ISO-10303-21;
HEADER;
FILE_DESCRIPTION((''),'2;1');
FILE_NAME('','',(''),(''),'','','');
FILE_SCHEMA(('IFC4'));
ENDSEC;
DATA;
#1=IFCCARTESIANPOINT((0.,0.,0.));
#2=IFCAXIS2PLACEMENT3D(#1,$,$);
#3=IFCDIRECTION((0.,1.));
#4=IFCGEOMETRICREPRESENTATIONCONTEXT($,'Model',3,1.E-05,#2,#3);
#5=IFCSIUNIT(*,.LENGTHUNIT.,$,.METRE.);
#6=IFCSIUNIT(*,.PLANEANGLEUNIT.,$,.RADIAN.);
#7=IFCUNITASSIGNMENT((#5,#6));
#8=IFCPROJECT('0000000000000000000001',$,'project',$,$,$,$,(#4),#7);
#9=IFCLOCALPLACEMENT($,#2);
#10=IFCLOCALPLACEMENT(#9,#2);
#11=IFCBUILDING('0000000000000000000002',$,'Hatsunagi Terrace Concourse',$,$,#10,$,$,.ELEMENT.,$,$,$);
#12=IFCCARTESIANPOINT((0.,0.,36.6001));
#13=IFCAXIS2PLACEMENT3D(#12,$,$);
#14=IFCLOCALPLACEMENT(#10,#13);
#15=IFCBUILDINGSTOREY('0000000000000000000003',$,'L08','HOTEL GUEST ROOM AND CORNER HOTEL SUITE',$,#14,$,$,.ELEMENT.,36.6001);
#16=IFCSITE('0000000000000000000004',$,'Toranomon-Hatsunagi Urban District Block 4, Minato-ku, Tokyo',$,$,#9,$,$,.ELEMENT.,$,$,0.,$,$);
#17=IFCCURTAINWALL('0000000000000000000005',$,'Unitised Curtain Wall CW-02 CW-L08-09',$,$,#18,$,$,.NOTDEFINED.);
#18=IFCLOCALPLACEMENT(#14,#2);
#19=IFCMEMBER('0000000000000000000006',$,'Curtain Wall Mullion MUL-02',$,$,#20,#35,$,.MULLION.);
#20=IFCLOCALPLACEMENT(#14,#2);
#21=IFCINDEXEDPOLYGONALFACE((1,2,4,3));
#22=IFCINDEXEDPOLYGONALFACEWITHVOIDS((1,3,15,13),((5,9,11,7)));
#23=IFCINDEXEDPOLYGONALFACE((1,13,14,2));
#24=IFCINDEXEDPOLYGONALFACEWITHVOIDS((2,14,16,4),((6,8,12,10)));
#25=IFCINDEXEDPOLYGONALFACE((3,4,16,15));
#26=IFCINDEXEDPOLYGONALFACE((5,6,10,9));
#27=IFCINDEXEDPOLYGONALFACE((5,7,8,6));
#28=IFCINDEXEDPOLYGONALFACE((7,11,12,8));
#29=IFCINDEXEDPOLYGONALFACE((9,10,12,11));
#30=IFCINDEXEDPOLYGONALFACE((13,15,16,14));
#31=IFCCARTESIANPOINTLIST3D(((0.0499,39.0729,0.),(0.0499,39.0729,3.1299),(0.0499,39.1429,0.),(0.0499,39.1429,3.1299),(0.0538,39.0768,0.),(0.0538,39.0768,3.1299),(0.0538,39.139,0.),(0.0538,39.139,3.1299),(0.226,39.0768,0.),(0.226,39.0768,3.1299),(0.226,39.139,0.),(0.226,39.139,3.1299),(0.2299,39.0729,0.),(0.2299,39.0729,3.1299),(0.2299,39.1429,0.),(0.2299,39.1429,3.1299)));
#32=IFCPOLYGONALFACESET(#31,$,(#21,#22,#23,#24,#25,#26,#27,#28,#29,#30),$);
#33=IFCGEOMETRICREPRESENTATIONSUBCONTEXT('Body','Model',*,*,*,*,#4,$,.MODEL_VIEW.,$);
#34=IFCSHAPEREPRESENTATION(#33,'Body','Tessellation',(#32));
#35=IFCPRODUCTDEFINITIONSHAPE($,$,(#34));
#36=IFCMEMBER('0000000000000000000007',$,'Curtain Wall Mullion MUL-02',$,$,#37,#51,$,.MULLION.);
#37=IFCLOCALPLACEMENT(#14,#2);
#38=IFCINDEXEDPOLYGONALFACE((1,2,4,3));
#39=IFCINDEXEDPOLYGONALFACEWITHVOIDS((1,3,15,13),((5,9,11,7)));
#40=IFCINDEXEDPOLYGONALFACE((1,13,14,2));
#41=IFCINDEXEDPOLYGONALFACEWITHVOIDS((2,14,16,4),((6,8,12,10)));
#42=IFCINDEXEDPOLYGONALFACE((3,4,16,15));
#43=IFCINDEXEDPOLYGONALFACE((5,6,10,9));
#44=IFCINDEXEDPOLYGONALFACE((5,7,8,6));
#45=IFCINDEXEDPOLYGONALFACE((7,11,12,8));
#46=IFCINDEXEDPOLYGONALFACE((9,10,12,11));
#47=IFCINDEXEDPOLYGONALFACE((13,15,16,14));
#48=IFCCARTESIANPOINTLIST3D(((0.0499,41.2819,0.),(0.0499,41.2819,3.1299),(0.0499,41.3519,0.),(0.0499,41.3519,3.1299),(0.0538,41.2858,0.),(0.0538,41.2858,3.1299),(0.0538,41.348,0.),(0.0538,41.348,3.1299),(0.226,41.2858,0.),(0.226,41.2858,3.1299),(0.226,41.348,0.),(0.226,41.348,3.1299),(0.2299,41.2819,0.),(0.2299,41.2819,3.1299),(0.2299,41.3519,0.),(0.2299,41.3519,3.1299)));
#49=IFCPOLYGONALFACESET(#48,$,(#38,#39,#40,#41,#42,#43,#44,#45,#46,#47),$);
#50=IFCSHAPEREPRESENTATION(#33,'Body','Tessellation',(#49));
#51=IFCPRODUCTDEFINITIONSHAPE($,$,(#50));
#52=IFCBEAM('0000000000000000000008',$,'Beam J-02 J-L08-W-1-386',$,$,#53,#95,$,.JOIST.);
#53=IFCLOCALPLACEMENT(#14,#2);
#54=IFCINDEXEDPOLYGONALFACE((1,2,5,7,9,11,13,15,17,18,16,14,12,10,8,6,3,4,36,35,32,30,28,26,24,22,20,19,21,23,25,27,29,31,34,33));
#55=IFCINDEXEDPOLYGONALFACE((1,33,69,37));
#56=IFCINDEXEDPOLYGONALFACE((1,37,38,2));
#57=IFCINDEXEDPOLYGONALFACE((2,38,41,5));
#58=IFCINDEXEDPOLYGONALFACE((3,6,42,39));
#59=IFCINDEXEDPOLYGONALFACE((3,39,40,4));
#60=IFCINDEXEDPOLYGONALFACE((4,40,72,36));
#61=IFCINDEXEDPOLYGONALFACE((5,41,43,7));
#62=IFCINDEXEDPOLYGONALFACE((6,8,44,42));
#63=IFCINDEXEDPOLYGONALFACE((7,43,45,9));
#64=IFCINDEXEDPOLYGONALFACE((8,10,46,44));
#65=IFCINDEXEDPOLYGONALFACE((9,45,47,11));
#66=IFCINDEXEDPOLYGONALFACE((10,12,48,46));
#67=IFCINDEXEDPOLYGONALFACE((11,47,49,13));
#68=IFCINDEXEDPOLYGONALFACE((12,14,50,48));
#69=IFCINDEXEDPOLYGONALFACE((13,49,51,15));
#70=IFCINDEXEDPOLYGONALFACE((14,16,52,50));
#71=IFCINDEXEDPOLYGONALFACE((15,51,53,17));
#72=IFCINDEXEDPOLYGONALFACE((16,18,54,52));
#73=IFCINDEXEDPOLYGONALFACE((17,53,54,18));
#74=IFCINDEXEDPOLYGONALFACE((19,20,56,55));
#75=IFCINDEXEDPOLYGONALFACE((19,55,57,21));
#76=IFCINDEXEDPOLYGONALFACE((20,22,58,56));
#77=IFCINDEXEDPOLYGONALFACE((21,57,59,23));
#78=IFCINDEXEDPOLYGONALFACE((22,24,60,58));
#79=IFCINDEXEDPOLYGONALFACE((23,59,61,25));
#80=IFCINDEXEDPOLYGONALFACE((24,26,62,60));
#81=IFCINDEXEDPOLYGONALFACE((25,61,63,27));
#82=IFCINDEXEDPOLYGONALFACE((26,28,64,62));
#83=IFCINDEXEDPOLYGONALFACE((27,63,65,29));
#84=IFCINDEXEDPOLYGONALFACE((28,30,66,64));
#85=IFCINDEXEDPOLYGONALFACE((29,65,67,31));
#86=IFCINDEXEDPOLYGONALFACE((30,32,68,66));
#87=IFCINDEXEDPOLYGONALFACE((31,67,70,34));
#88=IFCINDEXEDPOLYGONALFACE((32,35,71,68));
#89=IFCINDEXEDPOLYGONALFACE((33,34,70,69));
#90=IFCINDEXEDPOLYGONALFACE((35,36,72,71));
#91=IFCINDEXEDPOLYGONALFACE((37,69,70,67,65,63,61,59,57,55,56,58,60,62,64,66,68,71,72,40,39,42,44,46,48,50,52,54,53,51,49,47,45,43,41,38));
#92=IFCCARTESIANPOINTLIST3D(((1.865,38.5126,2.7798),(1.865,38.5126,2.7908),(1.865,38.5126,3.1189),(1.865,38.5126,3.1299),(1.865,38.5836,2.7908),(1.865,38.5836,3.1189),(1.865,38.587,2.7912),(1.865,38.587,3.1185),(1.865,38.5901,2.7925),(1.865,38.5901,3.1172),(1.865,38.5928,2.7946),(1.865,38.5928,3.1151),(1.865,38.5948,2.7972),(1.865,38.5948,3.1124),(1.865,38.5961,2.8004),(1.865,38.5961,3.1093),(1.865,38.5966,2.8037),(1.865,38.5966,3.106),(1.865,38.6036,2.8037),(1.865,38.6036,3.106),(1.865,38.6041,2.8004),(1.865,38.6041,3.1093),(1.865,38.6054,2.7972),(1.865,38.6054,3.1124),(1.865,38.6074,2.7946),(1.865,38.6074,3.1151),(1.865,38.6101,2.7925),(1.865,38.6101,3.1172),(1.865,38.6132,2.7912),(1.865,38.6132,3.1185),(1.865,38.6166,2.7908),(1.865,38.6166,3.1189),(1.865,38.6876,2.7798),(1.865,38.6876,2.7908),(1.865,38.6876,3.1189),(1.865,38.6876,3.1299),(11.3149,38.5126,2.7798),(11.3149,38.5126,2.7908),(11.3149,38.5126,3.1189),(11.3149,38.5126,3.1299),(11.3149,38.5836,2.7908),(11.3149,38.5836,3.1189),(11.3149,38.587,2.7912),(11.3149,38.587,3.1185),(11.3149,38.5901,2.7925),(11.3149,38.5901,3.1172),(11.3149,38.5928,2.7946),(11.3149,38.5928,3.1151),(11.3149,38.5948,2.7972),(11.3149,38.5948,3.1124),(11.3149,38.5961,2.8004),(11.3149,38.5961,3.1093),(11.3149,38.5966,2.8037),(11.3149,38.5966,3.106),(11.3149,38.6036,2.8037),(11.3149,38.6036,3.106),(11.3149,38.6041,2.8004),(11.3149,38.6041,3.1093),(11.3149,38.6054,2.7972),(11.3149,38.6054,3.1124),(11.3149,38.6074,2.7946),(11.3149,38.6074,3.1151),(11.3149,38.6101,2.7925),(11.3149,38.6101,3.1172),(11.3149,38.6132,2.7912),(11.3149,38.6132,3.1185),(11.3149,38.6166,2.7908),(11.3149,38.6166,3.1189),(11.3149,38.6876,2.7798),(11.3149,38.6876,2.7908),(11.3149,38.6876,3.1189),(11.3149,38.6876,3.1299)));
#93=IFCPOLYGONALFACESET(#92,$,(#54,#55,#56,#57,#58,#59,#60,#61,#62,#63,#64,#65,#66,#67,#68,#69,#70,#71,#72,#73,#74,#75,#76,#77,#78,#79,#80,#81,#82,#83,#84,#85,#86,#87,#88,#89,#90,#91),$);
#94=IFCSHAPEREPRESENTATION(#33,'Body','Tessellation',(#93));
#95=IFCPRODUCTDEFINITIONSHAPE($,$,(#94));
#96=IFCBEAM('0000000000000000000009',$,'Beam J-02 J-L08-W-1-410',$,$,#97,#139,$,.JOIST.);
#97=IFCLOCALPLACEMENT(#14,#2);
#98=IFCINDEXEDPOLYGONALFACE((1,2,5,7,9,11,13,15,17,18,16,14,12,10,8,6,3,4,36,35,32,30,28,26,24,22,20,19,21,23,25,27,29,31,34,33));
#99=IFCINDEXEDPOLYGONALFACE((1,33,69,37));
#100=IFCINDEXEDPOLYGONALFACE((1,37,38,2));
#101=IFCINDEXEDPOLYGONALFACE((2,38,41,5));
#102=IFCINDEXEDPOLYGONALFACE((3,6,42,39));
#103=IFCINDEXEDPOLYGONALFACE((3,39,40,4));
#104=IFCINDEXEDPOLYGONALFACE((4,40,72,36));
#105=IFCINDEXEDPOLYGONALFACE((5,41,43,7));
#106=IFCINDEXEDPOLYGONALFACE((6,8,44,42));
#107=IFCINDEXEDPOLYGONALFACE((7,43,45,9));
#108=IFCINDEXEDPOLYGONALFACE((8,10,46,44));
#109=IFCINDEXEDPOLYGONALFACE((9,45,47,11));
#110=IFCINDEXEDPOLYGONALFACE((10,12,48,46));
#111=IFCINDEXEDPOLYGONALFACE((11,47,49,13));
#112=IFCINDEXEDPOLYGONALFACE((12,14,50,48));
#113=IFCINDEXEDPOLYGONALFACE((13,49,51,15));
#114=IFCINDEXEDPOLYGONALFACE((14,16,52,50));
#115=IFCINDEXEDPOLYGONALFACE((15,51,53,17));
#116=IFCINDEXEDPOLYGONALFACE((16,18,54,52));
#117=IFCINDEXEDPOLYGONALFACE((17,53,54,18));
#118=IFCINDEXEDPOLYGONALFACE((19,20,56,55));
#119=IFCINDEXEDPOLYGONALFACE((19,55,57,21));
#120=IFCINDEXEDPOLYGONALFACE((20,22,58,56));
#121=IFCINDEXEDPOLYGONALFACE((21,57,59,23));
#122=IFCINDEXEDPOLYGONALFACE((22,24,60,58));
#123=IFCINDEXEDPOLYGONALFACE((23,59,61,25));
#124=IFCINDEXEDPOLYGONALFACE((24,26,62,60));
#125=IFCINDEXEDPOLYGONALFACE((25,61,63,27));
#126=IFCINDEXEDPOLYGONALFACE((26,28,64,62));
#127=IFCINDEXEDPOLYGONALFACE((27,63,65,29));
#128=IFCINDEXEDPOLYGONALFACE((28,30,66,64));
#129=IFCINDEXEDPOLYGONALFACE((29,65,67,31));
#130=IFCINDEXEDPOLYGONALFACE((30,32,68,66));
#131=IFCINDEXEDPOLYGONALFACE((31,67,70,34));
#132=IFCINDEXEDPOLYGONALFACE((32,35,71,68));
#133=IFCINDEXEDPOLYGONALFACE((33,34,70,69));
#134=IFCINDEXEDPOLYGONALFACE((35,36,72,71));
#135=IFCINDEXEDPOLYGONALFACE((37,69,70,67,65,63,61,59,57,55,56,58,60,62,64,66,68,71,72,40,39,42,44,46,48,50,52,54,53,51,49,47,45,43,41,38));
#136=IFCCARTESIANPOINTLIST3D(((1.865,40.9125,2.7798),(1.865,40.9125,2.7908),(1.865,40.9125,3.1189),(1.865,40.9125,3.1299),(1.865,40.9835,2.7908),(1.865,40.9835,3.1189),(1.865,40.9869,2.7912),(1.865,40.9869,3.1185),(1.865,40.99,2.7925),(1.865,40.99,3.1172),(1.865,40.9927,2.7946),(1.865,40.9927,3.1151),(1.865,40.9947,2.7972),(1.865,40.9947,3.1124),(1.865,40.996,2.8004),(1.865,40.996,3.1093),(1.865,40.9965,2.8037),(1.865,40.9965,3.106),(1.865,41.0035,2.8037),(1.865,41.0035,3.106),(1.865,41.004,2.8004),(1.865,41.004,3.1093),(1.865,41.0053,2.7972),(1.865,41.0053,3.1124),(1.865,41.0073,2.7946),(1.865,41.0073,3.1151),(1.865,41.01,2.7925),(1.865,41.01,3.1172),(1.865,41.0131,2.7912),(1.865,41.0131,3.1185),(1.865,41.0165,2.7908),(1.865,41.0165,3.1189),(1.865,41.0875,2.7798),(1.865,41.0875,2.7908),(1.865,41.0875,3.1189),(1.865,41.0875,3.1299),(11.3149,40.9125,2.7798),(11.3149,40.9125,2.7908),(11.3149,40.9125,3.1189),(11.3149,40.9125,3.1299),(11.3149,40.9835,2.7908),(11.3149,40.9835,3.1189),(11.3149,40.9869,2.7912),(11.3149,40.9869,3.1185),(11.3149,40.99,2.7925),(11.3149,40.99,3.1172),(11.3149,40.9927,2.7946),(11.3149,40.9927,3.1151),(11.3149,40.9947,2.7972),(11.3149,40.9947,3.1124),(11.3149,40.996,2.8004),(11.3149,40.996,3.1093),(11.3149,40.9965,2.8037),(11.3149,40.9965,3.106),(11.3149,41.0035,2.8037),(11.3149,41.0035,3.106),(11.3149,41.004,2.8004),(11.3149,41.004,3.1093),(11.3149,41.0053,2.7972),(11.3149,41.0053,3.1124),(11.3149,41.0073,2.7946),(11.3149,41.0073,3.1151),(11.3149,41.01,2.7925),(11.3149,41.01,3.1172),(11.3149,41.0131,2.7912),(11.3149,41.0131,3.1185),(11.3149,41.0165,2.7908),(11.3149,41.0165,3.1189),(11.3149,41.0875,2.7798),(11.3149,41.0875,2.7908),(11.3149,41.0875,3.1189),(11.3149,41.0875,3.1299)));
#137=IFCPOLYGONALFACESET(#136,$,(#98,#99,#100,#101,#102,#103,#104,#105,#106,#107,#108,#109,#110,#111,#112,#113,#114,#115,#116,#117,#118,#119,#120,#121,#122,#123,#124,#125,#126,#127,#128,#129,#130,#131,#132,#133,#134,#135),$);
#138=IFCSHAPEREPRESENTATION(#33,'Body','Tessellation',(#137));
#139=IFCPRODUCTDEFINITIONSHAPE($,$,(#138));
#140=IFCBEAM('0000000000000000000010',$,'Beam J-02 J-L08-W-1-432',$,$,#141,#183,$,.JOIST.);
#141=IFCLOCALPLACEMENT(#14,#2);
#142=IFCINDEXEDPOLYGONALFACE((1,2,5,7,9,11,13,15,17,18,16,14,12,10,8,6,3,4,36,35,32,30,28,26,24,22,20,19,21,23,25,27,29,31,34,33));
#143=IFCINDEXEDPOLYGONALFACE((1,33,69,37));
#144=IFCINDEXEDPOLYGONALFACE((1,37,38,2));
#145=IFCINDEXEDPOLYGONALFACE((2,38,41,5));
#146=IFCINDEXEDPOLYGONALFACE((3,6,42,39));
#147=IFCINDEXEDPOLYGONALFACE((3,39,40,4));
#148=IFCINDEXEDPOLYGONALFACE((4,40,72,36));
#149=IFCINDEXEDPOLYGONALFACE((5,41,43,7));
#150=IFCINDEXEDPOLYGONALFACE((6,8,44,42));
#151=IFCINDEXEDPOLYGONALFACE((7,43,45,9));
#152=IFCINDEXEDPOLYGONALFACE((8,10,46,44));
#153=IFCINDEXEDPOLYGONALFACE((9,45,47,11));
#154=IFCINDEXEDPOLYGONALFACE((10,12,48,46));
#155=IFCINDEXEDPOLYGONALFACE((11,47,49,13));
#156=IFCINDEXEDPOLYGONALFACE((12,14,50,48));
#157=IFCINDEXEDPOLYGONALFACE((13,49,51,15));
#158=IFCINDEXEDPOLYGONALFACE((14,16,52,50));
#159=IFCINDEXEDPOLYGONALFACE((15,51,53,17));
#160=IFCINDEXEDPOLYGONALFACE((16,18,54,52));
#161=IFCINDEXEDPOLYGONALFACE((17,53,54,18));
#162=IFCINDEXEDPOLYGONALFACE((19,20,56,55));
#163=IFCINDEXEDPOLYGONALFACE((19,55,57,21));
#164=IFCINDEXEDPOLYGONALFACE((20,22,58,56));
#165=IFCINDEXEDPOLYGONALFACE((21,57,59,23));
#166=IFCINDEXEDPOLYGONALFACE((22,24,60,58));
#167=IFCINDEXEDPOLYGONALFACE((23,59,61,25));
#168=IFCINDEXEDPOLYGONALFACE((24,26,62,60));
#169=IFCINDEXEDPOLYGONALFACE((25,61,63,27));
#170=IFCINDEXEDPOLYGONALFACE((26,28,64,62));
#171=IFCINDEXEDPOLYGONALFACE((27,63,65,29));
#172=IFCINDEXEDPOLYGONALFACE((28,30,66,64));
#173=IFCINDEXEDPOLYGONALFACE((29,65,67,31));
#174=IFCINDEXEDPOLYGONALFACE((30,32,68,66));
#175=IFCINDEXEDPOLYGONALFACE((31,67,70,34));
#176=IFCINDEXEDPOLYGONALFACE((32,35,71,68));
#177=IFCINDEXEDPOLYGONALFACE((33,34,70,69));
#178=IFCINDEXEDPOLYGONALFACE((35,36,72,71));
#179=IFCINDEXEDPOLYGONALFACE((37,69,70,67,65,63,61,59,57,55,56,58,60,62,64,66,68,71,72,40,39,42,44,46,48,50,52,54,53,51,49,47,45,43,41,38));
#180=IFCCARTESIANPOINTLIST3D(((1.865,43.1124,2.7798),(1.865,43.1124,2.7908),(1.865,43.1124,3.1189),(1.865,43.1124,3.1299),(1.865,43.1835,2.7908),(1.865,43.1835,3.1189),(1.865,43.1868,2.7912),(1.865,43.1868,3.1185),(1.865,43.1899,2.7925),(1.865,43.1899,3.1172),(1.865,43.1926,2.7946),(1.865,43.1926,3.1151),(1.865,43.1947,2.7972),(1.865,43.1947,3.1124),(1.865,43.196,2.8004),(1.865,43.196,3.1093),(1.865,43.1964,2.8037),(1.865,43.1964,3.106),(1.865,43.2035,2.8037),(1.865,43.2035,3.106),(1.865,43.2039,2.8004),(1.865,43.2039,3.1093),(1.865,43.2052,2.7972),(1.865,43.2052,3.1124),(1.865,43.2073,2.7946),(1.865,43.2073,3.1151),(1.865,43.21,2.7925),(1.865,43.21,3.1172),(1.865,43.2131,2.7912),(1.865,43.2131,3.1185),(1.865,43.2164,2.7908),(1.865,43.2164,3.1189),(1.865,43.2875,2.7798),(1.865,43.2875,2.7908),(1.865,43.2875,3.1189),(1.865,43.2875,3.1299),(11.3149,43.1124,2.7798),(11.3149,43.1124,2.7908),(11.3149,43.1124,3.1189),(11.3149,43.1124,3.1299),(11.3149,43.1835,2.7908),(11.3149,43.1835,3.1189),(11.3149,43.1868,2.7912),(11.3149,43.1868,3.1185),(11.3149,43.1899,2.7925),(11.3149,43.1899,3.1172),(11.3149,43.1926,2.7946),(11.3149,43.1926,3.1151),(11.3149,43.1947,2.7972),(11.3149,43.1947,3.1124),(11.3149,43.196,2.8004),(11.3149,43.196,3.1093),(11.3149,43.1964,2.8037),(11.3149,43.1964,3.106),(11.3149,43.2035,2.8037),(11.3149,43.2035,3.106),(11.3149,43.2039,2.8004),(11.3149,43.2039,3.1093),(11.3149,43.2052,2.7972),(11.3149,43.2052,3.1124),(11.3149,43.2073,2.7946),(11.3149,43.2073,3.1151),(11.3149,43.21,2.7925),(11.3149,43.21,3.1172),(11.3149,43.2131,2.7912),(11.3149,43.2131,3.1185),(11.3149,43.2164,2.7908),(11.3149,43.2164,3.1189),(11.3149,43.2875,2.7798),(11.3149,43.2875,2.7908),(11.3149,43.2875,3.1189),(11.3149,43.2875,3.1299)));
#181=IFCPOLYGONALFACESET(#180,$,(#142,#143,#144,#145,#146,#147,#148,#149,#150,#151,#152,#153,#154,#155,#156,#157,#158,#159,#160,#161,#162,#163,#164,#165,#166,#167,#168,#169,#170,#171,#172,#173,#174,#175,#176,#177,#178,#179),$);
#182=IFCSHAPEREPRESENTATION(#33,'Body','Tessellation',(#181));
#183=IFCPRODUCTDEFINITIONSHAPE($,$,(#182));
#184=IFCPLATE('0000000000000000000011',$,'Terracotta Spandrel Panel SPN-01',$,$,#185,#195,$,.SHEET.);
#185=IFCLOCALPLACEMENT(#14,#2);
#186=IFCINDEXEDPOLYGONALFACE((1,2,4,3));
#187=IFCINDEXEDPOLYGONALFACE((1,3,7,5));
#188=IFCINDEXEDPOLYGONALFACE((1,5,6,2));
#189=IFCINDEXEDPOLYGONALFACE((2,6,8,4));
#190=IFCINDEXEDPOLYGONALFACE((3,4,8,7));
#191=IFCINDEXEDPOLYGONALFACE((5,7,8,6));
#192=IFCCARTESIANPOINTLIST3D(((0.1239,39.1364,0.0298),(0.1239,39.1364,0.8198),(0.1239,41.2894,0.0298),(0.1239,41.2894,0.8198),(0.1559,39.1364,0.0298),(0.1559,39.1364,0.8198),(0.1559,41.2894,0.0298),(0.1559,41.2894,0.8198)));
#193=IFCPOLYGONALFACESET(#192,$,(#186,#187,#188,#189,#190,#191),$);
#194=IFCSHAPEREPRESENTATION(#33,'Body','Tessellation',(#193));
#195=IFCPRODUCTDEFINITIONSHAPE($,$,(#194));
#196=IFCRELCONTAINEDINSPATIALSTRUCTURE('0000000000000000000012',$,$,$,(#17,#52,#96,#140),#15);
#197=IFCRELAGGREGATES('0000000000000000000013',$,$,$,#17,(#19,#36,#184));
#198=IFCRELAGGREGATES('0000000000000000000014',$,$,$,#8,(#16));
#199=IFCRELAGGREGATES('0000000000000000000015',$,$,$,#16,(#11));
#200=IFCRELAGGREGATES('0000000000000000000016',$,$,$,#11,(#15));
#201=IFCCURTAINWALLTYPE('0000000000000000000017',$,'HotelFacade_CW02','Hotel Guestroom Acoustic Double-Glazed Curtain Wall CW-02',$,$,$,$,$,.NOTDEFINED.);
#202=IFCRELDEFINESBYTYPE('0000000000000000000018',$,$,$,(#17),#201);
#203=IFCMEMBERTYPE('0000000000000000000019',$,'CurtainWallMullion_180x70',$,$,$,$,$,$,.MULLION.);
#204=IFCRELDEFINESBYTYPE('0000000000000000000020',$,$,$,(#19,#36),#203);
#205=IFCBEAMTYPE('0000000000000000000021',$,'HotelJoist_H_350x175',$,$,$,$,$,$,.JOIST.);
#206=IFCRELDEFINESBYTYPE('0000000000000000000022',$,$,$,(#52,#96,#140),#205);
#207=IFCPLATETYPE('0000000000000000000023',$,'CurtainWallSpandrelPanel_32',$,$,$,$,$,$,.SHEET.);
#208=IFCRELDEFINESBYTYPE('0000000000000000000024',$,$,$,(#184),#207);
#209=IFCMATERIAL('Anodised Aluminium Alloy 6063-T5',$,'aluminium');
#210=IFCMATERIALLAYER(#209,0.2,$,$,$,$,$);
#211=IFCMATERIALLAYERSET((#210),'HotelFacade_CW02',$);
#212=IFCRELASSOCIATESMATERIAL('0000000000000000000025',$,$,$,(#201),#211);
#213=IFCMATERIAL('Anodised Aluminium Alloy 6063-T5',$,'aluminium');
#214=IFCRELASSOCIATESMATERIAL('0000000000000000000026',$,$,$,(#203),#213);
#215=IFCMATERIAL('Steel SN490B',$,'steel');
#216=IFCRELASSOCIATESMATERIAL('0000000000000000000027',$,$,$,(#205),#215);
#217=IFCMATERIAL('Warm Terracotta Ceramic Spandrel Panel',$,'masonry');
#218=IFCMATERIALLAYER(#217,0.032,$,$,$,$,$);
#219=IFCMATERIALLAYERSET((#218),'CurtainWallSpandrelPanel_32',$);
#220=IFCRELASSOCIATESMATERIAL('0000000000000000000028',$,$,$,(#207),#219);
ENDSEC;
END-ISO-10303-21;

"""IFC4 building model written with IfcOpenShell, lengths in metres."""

from ifc_helpers import new_model, si_unit, direction, frame, origin, origin_2d, place, context, subcontext, project, spatial, rectangle, hollow_rectangle, i_section, extrude, material, layer, layer_set, material_profile, profile_set, type_object, element, aggregate, save


model = new_model("IFC4")

# Units and contexts
model_context = context("Model", 3, precision=1e-05, world=origin(), true_north=direction((0.0, 1.0)))
body_context = subcontext(model_context, "Body", "Model", "MODEL_VIEW")
ifc_project = project(units=[si_unit("LENGTHUNIT", "METRE"), si_unit("PLANEANGLEUNIT", "RADIAN")], contexts=[model_context])

# Site, building, storey
site_placement = place(None, origin())
site = spatial("IfcSite", under=ifc_project, at=site_placement, Name="Toranomon-Hatsunagi Urban District Block 4, Minato-ku, Tokyo", CompositionType="ELEMENT", RefElevation=0.0)
building_placement = place(site_placement, origin())
building = spatial("IfcBuilding", under=site, at=building_placement, Name="Hatsunagi Terrace Concourse", CompositionType="ELEMENT")
storey_placement = place(building_placement, frame((0.0, 0.0, 36.6001)))
storey = spatial("IfcBuildingStorey", under=building, at=storey_placement, Name="L08", Description="HOTEL GUEST ROOM AND CORNER HOTEL SUITE", CompositionType="ELEMENT", Elevation=36.6001)

# Curtain wall, members
ifc_material_1 = material(Name="Anodised Aluminium Alloy 6063-T5", Category="aluminium")
ifc_layer_1 = layer(ifc_material_1, 0.2)
ifc_layer_set_1 = layer_set([ifc_layer_1], Name="HotelFacade_CW02")
curtain_wall_type = type_object("IfcCurtainWallType", Name="HotelFacade_CW02", Description="Hotel Guestroom Acoustic Double-Glazed Curtain Wall CW-02", PredefinedType="NOTDEFINED", material=ifc_layer_set_1)
curtain_wall_placement = place(storey_placement, origin())
curtain_wall = element("IfcCurtainWall", 1, at=curtain_wall_placement, inside=storey, type_object=curtain_wall_type, Name="Unitised Curtain Wall CW-02 CW-L08-09", PredefinedType="NOTDEFINED")
ifc_material_2 = material(Name="Anodised Aluminium Alloy 6063-T5", Category="aluminium")
ifc_material_profile_1 = material_profile(ifc_material_2, hollow_rectangle(XDim=0.0701, YDim=0.1799, WallThickness=0.0039, at=origin_2d()), Name="ALU-MUL-180x70x4")
ifc_profile_set_1 = profile_set([ifc_material_profile_1], Name="Anodised Aluminium Alloy 6063-T5")
member_type = type_object("IfcMemberType", Name="CurtainWallMullion_180x70", PredefinedType="MULLION", material=ifc_profile_set_1)
member_1_placement = place(storey_placement, frame((0.1399, 39.1079, 0.0), z_axis=(0.0, 0.0, 1.0), x_axis=(0.0, 1.0, 0.0)))
member_1 = element("IfcMember", 2, at=member_1_placement, type_object=member_type, Name="Curtain Wall Mullion MUL-02", PredefinedType="MULLION", context=body_context, shape_type="SweptSolid", body=[
    extrude(hollow_rectangle(XDim=0.0701, YDim=0.1799, WallThickness=0.0039, at=origin_2d()), origin(), (0.0, 0.0, 1.0), 3.1299),
])
member_2_placement = place(storey_placement, frame((0.1399, 41.3169, 0.0), z_axis=(0.0, 0.0, 1.0), x_axis=(0.0, 1.0, 0.0)))
member_2 = element("IfcMember", 3, at=member_2_placement, type_object=member_type, Name="Curtain Wall Mullion MUL-02", PredefinedType="MULLION", context=body_context, shape_type="SweptSolid", body=[
    extrude(hollow_rectangle(XDim=0.0701, YDim=0.1799, WallThickness=0.0039, at=origin_2d()), origin(), (0.0, 0.0, 1.0), 3.1299),
])

# Beams
ifc_material_3 = material(Name="Steel SN490B", Category="steel")
ifc_material_profile_2 = material_profile(ifc_material_3, i_section(OverallWidth=0.175, OverallDepth=0.3501, WebThickness=0.0071, FlangeThickness=0.011, FilletRadius=0.0129, at=origin_2d()), Name="H-350x175x7x11")
ifc_profile_set_2 = profile_set([ifc_material_profile_2], Name="Steel SN490B")
beam_type = type_object("IfcBeamType", Name="HotelJoist_H_350x175", PredefinedType="JOIST", material=ifc_profile_set_2)
for number, where, z_axis, x_axis, name in (
    (4, (1.865, 38.6001, 2.9548), (1.0, 0.0, 0.0), (0.0, 1.0, 0.0), "Beam J-02 J-L08-W-1-386"),
    (5, (1.865, 41.0, 2.9548), (1.0, 0.0, 0.0), (0.0, 1.0, 0.0), "Beam J-02 J-L08-W-1-410"),
    (6, (1.865, 43.2, 2.9548), (1.0, 0.0, 0.0), (0.0, 1.0, 0.0), "Beam J-02 J-L08-W-1-432"),
):
    element("IfcBeam", number, at=place(storey_placement, frame(where, z_axis=z_axis, x_axis=x_axis)), inside=storey, type_object=beam_type, Name=name, PredefinedType="JOIST", context=body_context, shape_type="SweptSolid", body=[
        extrude(i_section(OverallWidth=0.175, OverallDepth=0.3501, WebThickness=0.0071, FlangeThickness=0.011, FilletRadius=0.0129, at=origin_2d()), origin(), (0.0, 0.0, 1.0), 9.45),
    ])

# Plate
ifc_material_4 = material(Name="Warm Terracotta Ceramic Spandrel Panel", Category="masonry")
ifc_layer_2 = layer(ifc_material_4, 0.032)
ifc_layer_set_2 = layer_set([ifc_layer_2], Name="CurtainWallSpandrelPanel_32")
plate_type_1 = type_object("IfcPlateType", Name="CurtainWallSpandrelPanel_32", PredefinedType="SHEET", material=ifc_layer_set_2)
plate_1_placement = place(storey_placement, frame((0.1399, 40.2129, 0.0298), z_axis=(0.0, 0.0, 1.0), x_axis=(0.0, 1.0, 0.0)))
plate_1 = element("IfcPlate", 7, at=plate_1_placement, type_object=plate_type_1, Name="Terracotta Spandrel Panel SPN-01", PredefinedType="SHEET", context=body_context, shape_type="SweptSolid", body=[
    extrude(rectangle(XDim=2.1531, YDim=0.032, at=origin_2d()), origin(), (0.0, 0.0, 1.0), 0.79),
])
aggregate(curtain_wall, [member_1, member_2, plate_1])

save(model, "model.ifc")
